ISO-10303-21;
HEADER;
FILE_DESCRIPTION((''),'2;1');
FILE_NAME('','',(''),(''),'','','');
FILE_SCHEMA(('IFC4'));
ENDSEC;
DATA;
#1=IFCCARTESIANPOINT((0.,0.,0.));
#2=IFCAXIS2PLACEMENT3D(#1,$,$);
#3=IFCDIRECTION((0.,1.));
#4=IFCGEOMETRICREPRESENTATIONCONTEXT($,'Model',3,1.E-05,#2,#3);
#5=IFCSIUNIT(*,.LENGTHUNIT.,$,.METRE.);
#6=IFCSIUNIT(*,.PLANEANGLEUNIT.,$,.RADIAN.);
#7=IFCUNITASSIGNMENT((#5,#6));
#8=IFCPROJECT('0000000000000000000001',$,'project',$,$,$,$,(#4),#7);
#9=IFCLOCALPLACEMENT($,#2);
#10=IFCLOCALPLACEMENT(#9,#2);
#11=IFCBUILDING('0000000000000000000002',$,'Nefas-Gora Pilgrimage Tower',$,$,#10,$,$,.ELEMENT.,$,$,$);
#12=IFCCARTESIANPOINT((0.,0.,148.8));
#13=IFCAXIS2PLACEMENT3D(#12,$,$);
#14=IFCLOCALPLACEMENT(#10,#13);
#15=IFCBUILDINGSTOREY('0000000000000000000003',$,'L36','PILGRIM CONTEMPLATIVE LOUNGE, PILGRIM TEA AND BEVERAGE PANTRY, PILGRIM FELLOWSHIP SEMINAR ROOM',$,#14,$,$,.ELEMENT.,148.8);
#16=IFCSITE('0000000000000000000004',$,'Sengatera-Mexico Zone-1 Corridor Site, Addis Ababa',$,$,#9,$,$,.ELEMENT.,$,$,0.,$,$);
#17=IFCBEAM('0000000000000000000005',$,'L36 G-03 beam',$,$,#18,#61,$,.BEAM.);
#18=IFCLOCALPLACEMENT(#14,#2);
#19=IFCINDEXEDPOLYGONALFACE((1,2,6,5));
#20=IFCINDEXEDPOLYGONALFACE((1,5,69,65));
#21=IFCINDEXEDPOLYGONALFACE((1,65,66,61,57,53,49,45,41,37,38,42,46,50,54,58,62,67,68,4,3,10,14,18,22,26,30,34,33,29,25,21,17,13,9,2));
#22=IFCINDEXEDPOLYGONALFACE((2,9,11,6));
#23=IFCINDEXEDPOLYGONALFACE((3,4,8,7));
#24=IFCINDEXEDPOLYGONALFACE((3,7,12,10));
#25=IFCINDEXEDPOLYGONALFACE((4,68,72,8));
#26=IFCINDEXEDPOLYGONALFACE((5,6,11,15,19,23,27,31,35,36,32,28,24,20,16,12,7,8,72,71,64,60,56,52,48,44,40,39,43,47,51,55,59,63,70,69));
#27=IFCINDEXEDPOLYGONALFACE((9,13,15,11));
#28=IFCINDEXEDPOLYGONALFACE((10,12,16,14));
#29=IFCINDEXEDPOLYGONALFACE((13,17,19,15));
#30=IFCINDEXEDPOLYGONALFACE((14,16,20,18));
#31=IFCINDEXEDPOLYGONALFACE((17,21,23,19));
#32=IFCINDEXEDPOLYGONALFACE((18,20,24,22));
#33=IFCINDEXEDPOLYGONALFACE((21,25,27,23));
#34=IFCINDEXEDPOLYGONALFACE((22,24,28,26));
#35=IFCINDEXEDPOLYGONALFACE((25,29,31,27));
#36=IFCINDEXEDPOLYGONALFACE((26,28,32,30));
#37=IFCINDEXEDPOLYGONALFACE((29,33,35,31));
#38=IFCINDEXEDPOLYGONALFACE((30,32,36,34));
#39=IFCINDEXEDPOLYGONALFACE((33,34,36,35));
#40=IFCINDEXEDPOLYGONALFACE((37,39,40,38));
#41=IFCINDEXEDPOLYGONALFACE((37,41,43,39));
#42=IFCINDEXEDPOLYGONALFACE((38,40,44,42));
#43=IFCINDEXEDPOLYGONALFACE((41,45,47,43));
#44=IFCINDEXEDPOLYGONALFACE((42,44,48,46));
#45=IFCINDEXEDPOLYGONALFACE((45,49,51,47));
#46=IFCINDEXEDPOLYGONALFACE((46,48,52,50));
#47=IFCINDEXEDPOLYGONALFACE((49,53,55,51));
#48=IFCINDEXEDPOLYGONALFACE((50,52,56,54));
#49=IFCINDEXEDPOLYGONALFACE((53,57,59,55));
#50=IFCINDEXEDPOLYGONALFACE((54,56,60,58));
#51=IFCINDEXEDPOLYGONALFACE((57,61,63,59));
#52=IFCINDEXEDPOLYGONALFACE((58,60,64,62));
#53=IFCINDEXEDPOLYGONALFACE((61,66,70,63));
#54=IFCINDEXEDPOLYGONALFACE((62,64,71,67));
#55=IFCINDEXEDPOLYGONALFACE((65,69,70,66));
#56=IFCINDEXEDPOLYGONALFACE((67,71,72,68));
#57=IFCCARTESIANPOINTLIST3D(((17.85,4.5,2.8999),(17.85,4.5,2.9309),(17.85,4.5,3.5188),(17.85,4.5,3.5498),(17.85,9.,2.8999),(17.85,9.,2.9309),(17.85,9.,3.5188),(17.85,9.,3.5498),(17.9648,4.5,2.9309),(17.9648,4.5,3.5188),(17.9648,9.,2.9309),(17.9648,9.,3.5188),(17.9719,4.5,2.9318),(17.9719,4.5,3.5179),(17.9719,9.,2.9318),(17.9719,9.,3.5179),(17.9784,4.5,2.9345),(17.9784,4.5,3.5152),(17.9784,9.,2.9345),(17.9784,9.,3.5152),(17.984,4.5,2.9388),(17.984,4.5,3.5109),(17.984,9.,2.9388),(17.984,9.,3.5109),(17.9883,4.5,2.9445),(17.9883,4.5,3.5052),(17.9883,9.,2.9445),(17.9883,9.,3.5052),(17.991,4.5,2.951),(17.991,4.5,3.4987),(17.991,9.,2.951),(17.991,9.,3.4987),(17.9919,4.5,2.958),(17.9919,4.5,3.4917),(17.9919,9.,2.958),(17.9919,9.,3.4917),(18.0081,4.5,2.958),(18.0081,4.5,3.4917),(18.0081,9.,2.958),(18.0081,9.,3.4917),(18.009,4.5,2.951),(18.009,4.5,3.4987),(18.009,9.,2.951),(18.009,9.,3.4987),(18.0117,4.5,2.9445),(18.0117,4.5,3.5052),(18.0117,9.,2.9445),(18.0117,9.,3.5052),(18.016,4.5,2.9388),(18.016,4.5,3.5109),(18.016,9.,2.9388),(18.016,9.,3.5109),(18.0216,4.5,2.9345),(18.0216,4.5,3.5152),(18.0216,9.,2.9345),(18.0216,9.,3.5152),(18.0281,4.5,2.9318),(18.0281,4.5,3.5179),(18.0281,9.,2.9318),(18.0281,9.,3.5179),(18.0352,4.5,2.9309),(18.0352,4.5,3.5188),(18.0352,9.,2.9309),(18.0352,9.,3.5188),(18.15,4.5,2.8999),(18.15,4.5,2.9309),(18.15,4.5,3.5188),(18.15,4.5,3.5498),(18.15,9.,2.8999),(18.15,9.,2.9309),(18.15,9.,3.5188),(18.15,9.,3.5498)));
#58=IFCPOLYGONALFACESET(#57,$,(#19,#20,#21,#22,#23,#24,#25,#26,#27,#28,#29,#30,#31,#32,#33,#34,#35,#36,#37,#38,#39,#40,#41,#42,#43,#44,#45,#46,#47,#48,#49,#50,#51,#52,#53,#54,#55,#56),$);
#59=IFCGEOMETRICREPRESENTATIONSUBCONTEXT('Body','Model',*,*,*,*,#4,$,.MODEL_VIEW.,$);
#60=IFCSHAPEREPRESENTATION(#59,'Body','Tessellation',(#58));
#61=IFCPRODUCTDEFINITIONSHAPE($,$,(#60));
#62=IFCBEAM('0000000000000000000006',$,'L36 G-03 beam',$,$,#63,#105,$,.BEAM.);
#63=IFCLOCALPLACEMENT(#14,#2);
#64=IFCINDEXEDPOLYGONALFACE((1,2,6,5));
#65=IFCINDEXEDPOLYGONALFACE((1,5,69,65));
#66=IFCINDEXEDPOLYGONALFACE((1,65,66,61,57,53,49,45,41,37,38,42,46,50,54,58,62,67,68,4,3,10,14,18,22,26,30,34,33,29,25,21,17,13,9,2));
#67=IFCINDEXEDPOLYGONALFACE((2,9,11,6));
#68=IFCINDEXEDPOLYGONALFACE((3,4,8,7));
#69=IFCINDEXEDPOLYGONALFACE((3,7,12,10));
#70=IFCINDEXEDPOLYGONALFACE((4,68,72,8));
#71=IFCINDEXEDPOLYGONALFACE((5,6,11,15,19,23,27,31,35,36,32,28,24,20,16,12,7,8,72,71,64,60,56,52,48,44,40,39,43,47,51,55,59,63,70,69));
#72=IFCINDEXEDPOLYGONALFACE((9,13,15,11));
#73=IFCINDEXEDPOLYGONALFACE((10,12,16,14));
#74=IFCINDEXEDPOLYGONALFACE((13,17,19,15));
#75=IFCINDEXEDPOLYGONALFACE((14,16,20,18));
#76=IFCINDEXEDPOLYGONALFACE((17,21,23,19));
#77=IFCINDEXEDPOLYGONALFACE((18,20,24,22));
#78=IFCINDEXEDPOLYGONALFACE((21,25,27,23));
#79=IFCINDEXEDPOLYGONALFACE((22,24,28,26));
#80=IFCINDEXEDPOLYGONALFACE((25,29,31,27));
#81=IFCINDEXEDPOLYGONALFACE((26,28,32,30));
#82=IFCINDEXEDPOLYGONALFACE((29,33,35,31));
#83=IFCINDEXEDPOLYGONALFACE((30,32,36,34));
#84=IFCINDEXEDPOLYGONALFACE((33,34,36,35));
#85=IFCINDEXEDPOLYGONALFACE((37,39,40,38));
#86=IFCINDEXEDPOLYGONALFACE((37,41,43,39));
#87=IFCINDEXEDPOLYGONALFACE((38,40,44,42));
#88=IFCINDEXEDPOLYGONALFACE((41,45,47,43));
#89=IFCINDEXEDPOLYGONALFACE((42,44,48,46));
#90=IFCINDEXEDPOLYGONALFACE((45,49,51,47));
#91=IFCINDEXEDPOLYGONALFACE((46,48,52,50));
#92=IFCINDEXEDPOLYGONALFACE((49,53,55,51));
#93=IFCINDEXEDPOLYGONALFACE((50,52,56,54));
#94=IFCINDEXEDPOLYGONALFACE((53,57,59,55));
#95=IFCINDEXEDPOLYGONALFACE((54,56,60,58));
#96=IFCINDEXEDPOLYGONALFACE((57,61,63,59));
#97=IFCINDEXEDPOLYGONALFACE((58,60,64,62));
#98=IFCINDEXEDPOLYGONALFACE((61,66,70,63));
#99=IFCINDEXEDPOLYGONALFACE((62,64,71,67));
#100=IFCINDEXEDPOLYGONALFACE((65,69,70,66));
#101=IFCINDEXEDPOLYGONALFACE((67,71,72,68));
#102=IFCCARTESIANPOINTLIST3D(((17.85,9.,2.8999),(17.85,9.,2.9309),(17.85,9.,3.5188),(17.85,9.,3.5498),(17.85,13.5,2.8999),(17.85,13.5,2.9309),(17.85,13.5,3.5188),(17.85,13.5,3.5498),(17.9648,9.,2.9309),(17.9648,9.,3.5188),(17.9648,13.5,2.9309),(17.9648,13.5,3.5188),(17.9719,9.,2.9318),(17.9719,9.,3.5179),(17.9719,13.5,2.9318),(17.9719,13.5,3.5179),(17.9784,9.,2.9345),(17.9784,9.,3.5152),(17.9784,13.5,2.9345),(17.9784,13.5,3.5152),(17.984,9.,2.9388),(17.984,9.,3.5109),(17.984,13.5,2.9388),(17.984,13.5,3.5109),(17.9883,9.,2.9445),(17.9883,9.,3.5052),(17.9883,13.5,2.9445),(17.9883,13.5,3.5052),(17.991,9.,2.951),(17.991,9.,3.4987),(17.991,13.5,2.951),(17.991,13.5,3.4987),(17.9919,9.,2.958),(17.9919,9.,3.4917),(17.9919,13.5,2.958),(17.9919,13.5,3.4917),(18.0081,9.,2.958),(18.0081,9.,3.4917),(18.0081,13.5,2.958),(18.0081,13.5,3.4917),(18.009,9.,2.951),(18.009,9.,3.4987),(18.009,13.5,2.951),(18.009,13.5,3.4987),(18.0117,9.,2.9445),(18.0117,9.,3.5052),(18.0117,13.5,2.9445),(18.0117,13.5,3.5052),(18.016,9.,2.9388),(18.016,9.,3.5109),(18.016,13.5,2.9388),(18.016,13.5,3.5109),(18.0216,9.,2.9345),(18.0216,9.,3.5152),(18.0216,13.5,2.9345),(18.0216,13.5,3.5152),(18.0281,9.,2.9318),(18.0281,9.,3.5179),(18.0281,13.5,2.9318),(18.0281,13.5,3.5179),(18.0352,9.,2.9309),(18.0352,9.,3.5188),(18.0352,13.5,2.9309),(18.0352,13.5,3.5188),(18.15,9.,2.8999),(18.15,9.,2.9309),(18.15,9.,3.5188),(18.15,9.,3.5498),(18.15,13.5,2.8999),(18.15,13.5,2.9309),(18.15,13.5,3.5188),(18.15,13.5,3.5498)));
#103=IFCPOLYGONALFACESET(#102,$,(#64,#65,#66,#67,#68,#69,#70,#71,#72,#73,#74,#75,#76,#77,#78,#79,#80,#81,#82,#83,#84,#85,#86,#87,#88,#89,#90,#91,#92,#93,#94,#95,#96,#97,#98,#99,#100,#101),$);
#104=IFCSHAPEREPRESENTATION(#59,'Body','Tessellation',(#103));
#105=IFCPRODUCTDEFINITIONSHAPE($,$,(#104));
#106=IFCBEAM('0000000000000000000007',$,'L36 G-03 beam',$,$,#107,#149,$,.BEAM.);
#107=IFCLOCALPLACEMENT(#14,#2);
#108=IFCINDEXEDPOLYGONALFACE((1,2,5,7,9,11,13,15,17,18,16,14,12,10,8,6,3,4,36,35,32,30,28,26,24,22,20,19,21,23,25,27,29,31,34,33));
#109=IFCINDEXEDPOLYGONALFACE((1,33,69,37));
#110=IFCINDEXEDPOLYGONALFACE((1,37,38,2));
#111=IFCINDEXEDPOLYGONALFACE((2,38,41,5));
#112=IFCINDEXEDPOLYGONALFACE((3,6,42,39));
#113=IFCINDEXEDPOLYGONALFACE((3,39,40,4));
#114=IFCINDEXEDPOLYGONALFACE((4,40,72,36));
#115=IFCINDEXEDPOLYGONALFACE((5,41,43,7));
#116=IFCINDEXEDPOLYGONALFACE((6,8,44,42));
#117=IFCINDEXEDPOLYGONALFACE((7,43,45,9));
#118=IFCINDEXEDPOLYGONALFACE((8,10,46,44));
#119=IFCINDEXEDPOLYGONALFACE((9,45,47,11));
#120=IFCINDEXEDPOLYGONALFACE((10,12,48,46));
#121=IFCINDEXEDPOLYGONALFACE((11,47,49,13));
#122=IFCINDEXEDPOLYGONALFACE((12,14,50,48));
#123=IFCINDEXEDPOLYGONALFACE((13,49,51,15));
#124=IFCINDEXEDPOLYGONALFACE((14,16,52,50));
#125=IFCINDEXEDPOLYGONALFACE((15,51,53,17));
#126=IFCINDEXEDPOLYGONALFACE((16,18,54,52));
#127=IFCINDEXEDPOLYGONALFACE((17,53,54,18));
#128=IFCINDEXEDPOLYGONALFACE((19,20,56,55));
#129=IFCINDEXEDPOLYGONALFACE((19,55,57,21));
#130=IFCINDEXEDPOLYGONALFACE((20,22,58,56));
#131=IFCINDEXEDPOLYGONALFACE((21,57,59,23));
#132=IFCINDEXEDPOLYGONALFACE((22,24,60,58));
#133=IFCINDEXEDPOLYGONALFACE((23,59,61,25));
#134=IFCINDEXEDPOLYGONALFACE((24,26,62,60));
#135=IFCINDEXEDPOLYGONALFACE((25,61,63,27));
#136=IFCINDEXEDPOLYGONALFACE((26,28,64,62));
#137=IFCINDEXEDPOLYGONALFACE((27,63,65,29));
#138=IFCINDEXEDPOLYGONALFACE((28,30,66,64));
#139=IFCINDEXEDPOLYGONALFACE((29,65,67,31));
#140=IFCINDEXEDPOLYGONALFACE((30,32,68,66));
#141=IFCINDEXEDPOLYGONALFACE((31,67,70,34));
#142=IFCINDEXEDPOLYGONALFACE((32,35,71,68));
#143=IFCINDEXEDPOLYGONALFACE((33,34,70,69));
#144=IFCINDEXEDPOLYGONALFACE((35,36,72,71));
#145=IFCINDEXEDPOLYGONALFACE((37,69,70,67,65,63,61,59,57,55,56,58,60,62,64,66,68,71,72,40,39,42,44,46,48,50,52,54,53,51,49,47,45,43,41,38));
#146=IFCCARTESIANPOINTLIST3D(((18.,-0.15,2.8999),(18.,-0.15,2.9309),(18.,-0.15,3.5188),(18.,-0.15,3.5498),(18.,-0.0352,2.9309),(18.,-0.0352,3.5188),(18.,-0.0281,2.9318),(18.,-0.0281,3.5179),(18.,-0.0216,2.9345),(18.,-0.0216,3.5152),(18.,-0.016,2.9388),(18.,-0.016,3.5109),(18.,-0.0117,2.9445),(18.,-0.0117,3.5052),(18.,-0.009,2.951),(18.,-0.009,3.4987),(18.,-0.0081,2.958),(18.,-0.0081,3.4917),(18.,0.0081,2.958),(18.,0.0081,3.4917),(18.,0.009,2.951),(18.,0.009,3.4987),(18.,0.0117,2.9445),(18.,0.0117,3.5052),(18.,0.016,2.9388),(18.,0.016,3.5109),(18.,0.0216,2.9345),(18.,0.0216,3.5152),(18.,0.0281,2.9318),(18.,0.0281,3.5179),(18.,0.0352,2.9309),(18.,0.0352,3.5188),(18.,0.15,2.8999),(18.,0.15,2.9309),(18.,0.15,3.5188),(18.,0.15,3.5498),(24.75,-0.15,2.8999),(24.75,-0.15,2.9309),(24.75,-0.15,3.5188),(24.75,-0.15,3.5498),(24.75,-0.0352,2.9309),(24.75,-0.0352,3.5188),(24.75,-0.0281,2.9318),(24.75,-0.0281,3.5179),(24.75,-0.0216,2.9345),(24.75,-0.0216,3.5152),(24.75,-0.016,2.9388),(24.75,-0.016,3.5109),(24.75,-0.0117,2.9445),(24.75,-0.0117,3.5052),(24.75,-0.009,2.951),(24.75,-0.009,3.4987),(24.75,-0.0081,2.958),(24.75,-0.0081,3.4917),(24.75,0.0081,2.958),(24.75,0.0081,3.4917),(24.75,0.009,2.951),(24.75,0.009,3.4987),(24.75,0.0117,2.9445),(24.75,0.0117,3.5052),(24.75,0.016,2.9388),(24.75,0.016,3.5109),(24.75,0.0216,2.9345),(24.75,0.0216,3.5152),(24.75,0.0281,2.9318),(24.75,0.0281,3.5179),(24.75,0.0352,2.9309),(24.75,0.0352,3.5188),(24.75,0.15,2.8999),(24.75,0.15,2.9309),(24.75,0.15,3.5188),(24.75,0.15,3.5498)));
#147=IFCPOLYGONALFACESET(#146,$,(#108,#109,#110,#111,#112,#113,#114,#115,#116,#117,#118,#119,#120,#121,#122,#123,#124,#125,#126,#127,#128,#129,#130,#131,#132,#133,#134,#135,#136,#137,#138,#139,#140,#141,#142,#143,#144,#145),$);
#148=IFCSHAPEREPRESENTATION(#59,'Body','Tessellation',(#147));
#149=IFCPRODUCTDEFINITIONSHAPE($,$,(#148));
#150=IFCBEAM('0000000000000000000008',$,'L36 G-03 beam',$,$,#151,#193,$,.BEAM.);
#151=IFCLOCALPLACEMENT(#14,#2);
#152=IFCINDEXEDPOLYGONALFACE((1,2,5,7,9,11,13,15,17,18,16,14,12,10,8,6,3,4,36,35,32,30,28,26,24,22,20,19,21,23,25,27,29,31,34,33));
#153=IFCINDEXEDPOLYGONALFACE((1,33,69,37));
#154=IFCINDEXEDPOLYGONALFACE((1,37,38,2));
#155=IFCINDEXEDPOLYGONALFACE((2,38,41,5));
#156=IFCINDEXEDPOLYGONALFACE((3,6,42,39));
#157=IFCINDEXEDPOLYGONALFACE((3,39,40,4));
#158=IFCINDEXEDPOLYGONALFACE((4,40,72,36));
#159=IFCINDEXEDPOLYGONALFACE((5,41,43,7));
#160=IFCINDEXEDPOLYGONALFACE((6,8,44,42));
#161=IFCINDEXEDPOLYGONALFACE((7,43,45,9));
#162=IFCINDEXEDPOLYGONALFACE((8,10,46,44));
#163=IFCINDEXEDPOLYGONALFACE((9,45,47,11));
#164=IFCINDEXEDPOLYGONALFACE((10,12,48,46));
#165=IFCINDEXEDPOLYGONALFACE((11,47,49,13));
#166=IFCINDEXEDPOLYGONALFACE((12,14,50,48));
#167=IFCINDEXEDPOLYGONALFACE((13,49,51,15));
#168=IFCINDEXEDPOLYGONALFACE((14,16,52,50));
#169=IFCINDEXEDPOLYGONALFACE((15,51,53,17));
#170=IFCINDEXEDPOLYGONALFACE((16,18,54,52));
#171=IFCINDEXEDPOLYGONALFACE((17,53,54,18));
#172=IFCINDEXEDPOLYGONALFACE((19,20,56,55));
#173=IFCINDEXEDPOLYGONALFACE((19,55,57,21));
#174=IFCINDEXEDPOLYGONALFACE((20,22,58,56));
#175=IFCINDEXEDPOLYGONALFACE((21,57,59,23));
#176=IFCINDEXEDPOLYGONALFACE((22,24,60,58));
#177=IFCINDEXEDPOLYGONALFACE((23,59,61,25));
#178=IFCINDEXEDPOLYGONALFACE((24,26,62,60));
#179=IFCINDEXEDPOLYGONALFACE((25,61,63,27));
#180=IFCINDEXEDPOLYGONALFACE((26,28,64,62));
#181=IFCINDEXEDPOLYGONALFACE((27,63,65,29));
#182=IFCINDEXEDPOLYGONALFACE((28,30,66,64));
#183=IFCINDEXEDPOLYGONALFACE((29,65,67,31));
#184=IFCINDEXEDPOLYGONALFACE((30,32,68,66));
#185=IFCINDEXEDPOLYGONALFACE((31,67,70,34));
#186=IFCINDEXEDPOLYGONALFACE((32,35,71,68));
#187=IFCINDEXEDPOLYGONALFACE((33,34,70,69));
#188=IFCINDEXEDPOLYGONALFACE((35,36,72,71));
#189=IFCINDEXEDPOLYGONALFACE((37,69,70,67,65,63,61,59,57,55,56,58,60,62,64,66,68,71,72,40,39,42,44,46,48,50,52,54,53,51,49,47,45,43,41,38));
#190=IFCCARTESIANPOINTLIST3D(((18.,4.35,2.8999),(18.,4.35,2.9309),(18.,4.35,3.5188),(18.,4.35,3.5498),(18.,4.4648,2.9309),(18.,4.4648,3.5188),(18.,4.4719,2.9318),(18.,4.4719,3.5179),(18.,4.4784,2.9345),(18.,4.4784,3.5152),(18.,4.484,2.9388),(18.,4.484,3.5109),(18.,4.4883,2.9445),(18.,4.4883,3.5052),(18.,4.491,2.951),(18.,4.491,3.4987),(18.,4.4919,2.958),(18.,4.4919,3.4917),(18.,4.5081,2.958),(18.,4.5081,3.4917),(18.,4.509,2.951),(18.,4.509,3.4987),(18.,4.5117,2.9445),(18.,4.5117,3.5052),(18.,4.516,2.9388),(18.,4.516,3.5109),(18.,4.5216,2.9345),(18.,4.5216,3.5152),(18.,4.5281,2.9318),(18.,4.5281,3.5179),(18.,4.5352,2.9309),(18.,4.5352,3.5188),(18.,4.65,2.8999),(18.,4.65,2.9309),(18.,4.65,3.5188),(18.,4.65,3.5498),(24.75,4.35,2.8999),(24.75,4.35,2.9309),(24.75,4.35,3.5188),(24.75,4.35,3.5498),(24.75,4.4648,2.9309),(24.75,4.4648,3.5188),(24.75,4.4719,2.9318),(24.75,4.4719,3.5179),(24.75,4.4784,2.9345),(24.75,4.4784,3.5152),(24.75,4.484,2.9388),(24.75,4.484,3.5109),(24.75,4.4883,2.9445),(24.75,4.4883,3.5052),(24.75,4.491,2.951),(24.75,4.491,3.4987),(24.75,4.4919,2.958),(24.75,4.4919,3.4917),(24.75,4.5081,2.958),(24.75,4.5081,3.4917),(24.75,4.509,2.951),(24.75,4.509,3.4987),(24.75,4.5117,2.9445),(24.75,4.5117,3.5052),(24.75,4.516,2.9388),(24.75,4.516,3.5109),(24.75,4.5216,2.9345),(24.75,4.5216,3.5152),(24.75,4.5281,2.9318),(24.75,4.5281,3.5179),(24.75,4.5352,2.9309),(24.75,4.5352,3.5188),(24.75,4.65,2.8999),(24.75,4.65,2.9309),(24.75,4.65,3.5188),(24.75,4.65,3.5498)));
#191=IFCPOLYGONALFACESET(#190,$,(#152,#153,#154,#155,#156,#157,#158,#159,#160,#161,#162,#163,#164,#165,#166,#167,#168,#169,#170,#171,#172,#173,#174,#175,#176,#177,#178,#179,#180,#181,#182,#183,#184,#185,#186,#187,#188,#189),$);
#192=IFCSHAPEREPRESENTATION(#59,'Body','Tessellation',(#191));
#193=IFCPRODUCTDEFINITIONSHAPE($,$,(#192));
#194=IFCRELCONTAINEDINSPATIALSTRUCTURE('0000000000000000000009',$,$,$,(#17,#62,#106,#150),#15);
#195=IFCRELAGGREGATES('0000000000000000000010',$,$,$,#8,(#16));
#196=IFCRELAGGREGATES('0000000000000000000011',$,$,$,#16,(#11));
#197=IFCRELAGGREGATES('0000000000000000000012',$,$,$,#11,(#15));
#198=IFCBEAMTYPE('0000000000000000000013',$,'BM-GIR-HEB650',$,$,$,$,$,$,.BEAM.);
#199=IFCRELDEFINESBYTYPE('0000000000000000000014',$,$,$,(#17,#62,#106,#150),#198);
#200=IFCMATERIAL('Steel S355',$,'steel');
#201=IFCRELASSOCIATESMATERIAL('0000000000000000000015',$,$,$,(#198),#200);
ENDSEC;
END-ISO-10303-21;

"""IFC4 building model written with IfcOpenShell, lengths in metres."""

from ifc_helpers import new_model, si_unit, direction, frame, origin, origin_2d, place, context, subcontext, project, spatial, i_section, extrude, source, transform, mapped, material, material_profile, profile_set, type_object, element, save


model = new_model("IFC4")

# Units and contexts
model_context = context("Model", 3, precision=1e-05, world=origin(), true_north=direction((0.0, 1.0)))
body_context = subcontext(model_context, "Body", "Model", "MODEL_VIEW")
ifc_project = project(units=[si_unit("LENGTHUNIT", "METRE"), si_unit("PLANEANGLEUNIT", "RADIAN")], contexts=[model_context])

# Site, building, storey
site_placement = place(None, origin())
site = spatial("IfcSite", under=ifc_project, at=site_placement, Name="Sengatera-Mexico Zone-1 Corridor Site, Addis Ababa", CompositionType="ELEMENT", RefElevation=0.0)
building_placement = place(site_placement, origin())
building = spatial("IfcBuilding", under=site, at=building_placement, Name="Nefas-Gora Pilgrimage Tower", CompositionType="ELEMENT")
storey_placement = place(building_placement, frame((0.0, 0.0, 148.8)))
storey = spatial("IfcBuildingStorey", under=building, at=storey_placement, Name="L36", Description="PILGRIM CONTEMPLATIVE LOUNGE, PILGRIM TEA AND BEVERAGE PANTRY, PILGRIM FELLOWSHIP SEMINAR ROOM", CompositionType="ELEMENT", Elevation=148.8)

# Beams
ifc_material_1 = material(Name="Steel S355", Category="steel")
ifc_material_profile_1 = material_profile(ifc_material_1, i_section(OverallWidth=0.3, OverallDepth=0.6499, WebThickness=0.0161, FlangeThickness=0.031, FilletRadius=0.0271, at=origin_2d()), Name="HEB 650")
ifc_profile_set_1 = profile_set([ifc_material_profile_1], Name="Steel S355")
beam_type_1 = type_object("IfcBeamType", Name="BM-GIR-HEB650", PredefinedType="BEAM", material=ifc_profile_set_1)
shared_shape_1 = source(origin(), body_context, "Body", "SweptSolid", [
    extrude(i_section(OverallWidth=0.3, OverallDepth=0.6499, WebThickness=0.0161, FlangeThickness=0.031, FilletRadius=0.0271, at=origin_2d()), origin(), (0.0, 0.0, 1.0), 4.5),
])
for number, where, z_axis, x_axis, name in (
    (1, (18.0, 4.5, 3.2249), (0.0, 1.0, 0.0), (-1.0, 0.0, 0.0), "L36 G-03 beam"),
    (2, (18.0, 9.0, 3.2249), (0.0, 1.0, 0.0), (-1.0, 0.0, 0.0), "L36 G-03 beam"),
):
    element("IfcBeam", number, at=place(storey_placement, frame(where, z_axis=z_axis, x_axis=x_axis)), inside=storey, type_object=beam_type_1, Name=name, PredefinedType="BEAM", context=body_context, shape_type="MappedRepresentation", body=[
        mapped(shared_shape_1, transform((0.0, 0.0, 0.0), x_axis=(1.0, 0.0, 0.0), y_axis=(0.0, 1.0, 0.0), z_axis=(0.0, 0.0, 1.0), scale=1.0)),
    ])
shared_shape_2 = source(origin(), body_context, "Body", "SweptSolid", [
    extrude(i_section(OverallWidth=0.3, OverallDepth=0.6499, WebThickness=0.0161, FlangeThickness=0.031, FilletRadius=0.0271, at=origin_2d()), origin(), (0.0, 0.0, 1.0), 6.75),
])
for number, where, z_axis, x_axis, name in (
    (3, (18.0, 0.0, 3.2249), (1.0, 0.0, 0.0), (0.0, 1.0, 0.0), "L36 G-03 beam"),
    (4, (18.0, 4.5, 3.2249), (1.0, 0.0, 0.0), (0.0, 1.0, 0.0), "L36 G-03 beam"),
):
    element("IfcBeam", number, at=place(storey_placement, frame(where, z_axis=z_axis, x_axis=x_axis)), inside=storey, type_object=beam_type_1, Name=name, PredefinedType="BEAM", context=body_context, shape_type="MappedRepresentation", body=[
        mapped(shared_shape_2, transform((0.0, 0.0, 0.0), x_axis=(1.0, 0.0, 0.0), y_axis=(0.0, 1.0, 0.0), z_axis=(0.0, 0.0, 1.0), scale=1.0)),
    ])

save(model, "model.ifc")
